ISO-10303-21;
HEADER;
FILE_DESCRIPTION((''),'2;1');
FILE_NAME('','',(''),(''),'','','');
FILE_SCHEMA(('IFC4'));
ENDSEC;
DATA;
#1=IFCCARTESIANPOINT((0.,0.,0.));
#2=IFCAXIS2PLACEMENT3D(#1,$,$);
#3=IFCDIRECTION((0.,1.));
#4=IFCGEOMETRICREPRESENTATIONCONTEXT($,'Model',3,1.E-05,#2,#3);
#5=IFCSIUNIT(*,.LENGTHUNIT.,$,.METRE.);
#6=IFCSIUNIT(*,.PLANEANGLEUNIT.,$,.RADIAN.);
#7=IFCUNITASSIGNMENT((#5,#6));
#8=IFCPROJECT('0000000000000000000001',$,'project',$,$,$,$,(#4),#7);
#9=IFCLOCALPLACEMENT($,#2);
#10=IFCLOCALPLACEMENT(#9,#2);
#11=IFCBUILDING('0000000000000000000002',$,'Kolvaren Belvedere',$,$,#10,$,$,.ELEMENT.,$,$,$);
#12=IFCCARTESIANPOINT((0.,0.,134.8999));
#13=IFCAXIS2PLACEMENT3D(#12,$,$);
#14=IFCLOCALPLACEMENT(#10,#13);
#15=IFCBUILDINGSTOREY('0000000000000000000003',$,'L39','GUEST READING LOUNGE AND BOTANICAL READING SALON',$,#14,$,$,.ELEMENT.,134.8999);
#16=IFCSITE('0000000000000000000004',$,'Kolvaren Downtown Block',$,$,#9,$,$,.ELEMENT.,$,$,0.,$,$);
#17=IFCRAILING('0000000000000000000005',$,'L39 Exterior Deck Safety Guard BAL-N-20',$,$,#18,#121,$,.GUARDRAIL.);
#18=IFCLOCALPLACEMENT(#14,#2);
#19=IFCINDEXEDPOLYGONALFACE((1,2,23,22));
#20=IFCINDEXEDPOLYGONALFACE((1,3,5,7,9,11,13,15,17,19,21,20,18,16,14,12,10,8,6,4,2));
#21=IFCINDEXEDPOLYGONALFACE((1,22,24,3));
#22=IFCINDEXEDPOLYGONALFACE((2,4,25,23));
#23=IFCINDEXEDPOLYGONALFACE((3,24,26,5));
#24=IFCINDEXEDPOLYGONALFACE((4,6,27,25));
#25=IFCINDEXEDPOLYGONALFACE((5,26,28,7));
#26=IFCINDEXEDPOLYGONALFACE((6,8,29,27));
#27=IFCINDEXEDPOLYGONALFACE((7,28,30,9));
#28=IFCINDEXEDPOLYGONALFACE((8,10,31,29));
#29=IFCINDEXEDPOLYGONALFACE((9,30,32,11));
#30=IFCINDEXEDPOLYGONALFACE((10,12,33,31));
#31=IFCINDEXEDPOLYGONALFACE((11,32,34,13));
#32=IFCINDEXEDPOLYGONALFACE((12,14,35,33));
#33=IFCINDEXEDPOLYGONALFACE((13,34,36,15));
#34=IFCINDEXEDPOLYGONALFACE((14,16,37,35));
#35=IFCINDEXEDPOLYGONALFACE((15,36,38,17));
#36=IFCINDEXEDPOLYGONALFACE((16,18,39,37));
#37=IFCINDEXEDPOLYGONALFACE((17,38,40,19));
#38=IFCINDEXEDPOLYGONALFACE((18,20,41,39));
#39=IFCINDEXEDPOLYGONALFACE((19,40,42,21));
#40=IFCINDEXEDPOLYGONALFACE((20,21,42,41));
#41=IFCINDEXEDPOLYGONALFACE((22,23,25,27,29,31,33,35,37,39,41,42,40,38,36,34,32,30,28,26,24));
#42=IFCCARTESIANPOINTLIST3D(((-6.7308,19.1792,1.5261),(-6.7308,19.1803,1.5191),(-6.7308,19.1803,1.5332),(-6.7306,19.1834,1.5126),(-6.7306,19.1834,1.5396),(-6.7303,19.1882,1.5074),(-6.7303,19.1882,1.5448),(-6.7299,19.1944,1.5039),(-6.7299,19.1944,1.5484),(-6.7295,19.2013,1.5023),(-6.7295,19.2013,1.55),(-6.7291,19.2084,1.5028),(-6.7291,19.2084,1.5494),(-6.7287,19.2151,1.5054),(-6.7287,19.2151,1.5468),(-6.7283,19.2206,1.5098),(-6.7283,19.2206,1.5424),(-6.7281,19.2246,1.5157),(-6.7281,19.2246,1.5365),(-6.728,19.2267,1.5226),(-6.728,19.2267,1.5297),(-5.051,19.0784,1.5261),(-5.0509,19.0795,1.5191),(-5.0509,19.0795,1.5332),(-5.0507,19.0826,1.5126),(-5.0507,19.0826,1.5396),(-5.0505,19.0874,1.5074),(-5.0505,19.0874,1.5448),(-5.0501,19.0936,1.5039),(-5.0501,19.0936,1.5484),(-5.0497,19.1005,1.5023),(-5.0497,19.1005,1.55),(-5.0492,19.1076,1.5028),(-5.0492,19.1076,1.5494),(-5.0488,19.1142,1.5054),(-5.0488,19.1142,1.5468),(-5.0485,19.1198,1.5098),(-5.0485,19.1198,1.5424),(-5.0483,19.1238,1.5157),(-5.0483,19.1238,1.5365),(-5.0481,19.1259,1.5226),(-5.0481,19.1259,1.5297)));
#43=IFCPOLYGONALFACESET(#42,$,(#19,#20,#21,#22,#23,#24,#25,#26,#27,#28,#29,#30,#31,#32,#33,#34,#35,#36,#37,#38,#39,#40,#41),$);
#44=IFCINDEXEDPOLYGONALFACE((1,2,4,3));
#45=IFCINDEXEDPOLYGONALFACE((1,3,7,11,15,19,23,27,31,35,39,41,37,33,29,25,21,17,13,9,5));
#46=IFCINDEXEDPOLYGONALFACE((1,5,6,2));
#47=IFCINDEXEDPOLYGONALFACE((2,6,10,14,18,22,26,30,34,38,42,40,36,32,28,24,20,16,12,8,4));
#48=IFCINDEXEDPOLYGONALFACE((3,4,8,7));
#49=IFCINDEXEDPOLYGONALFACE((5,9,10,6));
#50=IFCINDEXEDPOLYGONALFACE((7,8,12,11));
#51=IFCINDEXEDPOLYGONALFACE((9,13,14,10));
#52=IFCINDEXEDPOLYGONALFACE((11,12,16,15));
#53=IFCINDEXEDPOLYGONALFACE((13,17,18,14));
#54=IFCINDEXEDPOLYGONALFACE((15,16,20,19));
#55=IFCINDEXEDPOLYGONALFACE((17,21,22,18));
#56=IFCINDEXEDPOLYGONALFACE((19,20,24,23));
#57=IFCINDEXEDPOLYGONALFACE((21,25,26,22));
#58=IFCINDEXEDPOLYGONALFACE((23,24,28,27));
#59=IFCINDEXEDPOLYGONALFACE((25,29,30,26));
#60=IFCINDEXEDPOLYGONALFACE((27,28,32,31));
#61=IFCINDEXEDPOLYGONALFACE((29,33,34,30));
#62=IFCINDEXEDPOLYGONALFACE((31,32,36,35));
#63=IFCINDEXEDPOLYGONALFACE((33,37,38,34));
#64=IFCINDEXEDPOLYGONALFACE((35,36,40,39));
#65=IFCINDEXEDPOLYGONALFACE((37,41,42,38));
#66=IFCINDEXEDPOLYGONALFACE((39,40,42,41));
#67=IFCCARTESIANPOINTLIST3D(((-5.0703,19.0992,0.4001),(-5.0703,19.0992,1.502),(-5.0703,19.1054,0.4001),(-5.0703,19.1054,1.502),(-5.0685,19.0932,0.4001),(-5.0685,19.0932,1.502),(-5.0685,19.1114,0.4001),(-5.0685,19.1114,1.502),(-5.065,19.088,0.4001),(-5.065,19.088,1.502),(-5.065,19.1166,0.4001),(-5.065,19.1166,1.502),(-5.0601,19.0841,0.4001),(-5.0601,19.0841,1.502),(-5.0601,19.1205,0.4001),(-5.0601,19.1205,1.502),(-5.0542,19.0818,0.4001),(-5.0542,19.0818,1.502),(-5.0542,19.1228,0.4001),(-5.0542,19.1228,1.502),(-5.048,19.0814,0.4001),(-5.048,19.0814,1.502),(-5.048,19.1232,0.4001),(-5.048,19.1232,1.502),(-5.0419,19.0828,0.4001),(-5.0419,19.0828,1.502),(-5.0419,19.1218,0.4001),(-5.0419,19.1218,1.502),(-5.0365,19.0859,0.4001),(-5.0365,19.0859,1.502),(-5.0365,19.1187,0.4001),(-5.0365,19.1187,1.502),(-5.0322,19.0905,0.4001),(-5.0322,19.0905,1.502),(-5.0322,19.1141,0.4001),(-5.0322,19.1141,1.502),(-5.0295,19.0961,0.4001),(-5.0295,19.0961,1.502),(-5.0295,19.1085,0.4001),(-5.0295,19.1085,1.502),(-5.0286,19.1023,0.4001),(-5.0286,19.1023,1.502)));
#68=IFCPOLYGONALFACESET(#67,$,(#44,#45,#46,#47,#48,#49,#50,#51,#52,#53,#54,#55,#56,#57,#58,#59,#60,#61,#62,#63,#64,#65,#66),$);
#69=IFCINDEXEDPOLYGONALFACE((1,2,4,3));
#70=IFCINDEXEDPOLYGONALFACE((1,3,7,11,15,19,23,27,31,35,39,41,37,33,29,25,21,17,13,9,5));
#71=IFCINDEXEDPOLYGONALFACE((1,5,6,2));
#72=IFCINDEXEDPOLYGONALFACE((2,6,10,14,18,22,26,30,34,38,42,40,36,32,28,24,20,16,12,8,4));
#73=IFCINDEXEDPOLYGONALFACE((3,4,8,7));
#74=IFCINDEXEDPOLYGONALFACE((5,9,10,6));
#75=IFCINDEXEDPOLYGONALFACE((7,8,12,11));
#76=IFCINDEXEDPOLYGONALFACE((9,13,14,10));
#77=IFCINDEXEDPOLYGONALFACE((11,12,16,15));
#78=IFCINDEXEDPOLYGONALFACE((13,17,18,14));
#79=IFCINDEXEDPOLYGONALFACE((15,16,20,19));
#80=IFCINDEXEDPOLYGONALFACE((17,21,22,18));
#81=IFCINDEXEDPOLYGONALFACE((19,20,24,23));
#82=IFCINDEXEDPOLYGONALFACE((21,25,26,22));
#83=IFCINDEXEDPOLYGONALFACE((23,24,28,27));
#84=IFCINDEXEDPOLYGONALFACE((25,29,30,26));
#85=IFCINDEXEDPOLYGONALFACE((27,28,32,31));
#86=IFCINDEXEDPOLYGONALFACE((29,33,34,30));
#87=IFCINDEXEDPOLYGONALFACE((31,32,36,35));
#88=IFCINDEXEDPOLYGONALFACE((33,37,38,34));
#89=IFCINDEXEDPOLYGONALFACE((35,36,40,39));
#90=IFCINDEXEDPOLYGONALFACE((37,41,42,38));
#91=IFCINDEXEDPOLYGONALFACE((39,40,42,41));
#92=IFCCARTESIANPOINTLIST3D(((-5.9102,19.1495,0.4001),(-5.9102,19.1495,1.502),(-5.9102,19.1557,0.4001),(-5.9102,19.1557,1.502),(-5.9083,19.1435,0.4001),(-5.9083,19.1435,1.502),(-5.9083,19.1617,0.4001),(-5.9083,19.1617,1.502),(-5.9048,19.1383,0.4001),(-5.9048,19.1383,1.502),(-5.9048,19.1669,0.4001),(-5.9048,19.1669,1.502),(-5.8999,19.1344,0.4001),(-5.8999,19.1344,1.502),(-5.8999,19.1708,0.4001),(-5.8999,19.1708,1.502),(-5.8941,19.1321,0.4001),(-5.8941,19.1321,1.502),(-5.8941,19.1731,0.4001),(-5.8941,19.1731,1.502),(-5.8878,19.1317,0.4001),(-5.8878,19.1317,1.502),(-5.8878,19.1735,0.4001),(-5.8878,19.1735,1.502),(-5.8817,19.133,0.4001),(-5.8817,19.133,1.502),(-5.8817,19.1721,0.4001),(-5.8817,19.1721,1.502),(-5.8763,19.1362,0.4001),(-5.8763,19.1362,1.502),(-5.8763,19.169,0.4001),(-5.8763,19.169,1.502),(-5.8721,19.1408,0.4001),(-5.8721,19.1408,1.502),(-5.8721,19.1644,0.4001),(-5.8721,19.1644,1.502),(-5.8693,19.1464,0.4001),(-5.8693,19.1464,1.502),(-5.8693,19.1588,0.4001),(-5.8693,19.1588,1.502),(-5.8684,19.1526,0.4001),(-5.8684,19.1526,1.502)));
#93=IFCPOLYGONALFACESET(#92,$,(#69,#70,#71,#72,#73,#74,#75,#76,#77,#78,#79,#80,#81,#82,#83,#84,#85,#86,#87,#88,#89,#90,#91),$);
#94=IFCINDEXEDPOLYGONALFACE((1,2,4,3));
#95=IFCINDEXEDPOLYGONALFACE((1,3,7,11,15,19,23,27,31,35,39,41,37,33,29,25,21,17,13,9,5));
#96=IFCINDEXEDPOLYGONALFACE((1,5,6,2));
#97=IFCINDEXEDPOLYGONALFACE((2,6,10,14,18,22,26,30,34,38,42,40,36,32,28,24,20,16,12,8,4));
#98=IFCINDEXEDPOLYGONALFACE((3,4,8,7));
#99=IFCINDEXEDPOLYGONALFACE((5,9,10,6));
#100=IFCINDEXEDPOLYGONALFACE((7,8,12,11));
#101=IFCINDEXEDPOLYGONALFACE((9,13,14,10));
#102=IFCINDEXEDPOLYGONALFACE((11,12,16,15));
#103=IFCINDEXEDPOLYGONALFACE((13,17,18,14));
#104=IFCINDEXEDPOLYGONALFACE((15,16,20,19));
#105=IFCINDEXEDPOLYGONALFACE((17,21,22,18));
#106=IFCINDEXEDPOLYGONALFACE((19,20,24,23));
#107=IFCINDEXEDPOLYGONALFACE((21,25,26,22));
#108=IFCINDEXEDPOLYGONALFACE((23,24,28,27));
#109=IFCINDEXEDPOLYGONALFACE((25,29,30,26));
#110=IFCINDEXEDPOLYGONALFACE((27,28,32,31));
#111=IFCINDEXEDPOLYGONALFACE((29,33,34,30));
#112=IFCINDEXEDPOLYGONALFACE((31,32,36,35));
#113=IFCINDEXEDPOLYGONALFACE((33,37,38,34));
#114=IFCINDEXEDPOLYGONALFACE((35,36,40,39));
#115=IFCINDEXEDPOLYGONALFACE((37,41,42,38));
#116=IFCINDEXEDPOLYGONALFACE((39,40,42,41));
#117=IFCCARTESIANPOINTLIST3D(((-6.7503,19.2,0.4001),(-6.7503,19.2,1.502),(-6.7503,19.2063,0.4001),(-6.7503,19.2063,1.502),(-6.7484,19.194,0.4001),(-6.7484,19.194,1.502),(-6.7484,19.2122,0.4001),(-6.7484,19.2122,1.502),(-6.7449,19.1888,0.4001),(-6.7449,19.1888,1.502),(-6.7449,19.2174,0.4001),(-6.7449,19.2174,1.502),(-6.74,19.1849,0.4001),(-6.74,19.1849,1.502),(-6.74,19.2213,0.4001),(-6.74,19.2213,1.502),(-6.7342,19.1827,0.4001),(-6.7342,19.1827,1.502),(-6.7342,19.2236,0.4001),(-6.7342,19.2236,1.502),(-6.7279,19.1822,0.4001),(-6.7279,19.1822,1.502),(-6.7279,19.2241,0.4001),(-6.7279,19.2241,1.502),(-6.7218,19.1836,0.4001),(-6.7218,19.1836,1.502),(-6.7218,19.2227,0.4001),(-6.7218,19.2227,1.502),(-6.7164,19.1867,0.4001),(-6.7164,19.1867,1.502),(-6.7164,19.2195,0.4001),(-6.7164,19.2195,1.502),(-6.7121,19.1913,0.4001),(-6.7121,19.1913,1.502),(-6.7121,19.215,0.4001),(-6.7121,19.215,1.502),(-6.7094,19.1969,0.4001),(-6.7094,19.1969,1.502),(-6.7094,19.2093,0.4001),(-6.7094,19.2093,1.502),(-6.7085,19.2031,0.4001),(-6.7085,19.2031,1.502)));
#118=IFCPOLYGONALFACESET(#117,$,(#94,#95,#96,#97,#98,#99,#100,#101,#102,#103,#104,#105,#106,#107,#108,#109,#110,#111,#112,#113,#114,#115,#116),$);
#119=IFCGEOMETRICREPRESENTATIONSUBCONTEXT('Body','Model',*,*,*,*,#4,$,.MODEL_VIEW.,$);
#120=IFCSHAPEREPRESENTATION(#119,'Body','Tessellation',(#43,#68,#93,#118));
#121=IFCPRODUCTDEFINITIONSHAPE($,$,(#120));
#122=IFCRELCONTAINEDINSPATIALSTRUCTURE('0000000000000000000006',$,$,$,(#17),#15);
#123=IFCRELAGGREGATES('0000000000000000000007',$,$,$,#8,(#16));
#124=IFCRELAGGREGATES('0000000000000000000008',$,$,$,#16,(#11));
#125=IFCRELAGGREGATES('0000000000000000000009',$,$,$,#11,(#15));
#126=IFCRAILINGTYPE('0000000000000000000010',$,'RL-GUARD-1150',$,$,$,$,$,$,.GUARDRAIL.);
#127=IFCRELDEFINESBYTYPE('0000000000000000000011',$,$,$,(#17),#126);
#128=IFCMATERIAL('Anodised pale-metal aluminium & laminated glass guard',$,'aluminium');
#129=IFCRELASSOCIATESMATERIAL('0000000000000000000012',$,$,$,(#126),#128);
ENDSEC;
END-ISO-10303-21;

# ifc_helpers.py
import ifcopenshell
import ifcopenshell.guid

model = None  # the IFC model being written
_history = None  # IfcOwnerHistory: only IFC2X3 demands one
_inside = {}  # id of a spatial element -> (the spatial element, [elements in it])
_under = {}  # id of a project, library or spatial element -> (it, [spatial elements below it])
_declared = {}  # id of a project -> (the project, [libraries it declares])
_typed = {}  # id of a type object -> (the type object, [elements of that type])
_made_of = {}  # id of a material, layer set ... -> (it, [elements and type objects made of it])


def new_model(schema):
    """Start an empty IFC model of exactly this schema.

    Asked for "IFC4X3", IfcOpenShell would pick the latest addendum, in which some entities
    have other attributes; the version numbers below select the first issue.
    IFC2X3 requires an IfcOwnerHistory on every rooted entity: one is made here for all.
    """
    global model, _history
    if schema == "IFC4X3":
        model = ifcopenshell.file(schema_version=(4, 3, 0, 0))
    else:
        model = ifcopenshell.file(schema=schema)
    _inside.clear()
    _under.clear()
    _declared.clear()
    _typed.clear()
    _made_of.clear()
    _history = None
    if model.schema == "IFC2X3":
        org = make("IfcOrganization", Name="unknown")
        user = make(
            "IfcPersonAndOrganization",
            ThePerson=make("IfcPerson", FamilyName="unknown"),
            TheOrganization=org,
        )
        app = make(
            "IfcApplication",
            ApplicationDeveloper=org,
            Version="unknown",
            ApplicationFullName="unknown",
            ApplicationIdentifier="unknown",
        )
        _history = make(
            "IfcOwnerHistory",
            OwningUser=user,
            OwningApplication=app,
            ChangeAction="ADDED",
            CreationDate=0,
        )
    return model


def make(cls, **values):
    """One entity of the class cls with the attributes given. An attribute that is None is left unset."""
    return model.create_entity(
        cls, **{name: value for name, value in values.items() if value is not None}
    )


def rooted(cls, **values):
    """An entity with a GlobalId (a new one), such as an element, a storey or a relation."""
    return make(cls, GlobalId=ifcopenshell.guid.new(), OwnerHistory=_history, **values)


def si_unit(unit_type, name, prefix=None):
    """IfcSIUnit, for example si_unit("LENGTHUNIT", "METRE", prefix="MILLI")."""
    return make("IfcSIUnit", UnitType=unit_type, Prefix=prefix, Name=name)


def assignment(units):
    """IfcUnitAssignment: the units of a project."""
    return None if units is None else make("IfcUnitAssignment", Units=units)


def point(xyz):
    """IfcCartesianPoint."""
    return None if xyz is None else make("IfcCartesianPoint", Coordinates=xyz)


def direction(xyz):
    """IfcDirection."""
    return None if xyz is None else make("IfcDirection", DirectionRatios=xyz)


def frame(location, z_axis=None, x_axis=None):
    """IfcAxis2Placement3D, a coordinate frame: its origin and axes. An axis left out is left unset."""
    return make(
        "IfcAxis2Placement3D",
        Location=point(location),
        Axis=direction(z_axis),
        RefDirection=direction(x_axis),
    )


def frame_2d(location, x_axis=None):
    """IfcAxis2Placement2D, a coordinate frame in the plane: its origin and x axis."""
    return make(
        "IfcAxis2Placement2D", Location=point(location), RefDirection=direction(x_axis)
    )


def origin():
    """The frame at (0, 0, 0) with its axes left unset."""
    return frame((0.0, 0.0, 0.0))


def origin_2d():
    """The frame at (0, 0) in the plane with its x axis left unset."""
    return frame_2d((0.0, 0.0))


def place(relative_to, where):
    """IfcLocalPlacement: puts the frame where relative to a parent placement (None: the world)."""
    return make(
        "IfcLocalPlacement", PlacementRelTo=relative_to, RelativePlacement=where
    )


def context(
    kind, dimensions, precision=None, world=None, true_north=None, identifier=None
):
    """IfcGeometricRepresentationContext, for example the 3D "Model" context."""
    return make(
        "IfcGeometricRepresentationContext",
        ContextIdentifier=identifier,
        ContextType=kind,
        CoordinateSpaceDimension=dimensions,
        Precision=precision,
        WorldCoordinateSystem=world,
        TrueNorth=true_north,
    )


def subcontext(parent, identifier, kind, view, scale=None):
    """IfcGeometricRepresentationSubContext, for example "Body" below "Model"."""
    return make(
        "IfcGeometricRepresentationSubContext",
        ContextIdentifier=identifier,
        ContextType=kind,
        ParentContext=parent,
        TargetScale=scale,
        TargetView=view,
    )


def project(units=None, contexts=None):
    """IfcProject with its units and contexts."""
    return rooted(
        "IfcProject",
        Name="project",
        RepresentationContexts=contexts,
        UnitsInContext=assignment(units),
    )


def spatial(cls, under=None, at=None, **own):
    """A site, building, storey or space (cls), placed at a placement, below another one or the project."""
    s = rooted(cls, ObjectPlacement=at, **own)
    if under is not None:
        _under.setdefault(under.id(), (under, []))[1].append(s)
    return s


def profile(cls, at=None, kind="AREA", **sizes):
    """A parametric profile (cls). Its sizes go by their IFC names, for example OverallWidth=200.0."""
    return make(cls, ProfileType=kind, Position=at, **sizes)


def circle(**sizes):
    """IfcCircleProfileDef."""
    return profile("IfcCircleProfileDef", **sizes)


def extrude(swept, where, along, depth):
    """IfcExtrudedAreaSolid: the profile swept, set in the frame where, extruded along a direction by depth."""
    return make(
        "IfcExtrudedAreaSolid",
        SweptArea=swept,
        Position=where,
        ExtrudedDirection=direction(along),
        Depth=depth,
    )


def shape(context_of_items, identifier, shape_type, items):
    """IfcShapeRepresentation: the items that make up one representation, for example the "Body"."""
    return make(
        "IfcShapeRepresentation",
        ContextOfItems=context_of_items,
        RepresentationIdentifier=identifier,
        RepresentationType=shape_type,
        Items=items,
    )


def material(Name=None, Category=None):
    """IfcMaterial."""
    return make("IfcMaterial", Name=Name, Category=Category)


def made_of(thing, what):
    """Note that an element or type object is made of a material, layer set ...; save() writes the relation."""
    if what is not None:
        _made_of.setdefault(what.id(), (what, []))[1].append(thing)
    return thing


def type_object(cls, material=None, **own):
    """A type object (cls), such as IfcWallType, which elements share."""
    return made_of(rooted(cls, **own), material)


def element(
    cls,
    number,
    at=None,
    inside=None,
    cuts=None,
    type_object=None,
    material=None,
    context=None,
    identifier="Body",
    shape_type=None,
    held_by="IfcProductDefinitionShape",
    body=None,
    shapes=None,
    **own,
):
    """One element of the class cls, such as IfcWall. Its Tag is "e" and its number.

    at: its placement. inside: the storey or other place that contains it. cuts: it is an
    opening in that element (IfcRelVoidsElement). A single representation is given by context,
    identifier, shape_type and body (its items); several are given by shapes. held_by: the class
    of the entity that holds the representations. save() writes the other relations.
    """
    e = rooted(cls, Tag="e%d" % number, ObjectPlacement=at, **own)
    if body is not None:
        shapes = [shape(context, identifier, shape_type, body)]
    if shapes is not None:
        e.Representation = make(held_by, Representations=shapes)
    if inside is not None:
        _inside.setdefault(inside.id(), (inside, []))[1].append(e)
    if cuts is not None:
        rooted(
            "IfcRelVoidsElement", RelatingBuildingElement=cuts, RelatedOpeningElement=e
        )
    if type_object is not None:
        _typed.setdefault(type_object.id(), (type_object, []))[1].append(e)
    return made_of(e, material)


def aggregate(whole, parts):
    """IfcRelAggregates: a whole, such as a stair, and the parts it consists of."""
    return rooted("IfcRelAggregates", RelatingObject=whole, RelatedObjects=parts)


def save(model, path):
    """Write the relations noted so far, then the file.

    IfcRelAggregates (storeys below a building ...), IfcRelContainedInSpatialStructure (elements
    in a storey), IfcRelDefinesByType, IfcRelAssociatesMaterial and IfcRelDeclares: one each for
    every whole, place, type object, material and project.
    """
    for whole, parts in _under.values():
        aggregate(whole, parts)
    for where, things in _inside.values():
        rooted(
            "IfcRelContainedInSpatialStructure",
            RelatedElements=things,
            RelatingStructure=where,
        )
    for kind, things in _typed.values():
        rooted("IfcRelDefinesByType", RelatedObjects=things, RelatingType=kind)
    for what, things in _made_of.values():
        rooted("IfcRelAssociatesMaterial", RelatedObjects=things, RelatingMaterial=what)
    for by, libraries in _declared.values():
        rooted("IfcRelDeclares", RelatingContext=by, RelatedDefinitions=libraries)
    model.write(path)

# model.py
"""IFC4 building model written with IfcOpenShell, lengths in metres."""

from ifc_helpers import new_model, si_unit, direction, frame, origin, origin_2d, place, context, subcontext, project, spatial, circle, extrude, material, type_object, element, save


model = new_model("IFC4")

# Units and contexts
model_context = context("Model", 3, precision=1e-05, world=origin(), true_north=direction((0.0, 1.0)))
body_context = subcontext(model_context, "Body", "Model", "MODEL_VIEW")
ifc_project = project(units=[si_unit("LENGTHUNIT", "METRE"), si_unit("PLANEANGLEUNIT", "RADIAN")], contexts=[model_context])

# Site, building, storey
site_placement = place(None, origin())
site = spatial("IfcSite", under=ifc_project, at=site_placement, Name="Kolvaren Downtown Block", CompositionType="ELEMENT", RefElevation=0.0)
building_placement = place(site_placement, origin())
building = spatial("IfcBuilding", under=site, at=building_placement, Name="Kolvaren Belvedere", CompositionType="ELEMENT")
storey_placement = place(building_placement, frame((0.0, 0.0, 134.8999)))
storey = spatial("IfcBuildingStorey", under=building, at=storey_placement, Name="L39", Description="GUEST READING LOUNGE AND BOTANICAL READING SALON", CompositionType="ELEMENT", Elevation=134.8999)

# Railing
ifc_material_1 = material(Name="Anodised pale-metal aluminium & laminated glass guard", Category="aluminium")
railing_type = type_object("IfcRailingType", Name="RL-GUARD-1150", PredefinedType="GUARDRAIL", material=ifc_material_1)
railing_1_placement = place(storey_placement, frame((-5.0496, 19.1023, 0.4001)))
element("IfcRailing", 1, at=railing_1_placement, inside=storey, type_object=railing_type, Name="L39 Exterior Deck Safety Guard BAL-N-20", PredefinedType="GUARDRAIL", context=body_context, shape_type="SweptSolid", body=[
    extrude(circle(Radius=0.0239, at=origin_2d()), frame((0.0, 0.0, 1.126), z_axis=(-0.998204, 0.059913, 0.0), x_axis=(-0.059913, -0.998204, 0.0)), (0.0, 0.0, 1.0), 1.6829),
    extrude(circle(Radius=0.021, at=origin_2d()), origin(), (0.0, 0.0, 1.0), 1.1018),
    extrude(circle(Radius=0.021, at=origin_2d()), frame((-0.8398, 0.0503, 0.0)), (0.0, 0.0, 1.0), 1.1018),
    extrude(circle(Radius=0.021, at=origin_2d()), frame((-1.6799, 0.1008, 0.0)), (0.0, 0.0, 1.0), 1.1018),
])

save(model, "model.ifc")
